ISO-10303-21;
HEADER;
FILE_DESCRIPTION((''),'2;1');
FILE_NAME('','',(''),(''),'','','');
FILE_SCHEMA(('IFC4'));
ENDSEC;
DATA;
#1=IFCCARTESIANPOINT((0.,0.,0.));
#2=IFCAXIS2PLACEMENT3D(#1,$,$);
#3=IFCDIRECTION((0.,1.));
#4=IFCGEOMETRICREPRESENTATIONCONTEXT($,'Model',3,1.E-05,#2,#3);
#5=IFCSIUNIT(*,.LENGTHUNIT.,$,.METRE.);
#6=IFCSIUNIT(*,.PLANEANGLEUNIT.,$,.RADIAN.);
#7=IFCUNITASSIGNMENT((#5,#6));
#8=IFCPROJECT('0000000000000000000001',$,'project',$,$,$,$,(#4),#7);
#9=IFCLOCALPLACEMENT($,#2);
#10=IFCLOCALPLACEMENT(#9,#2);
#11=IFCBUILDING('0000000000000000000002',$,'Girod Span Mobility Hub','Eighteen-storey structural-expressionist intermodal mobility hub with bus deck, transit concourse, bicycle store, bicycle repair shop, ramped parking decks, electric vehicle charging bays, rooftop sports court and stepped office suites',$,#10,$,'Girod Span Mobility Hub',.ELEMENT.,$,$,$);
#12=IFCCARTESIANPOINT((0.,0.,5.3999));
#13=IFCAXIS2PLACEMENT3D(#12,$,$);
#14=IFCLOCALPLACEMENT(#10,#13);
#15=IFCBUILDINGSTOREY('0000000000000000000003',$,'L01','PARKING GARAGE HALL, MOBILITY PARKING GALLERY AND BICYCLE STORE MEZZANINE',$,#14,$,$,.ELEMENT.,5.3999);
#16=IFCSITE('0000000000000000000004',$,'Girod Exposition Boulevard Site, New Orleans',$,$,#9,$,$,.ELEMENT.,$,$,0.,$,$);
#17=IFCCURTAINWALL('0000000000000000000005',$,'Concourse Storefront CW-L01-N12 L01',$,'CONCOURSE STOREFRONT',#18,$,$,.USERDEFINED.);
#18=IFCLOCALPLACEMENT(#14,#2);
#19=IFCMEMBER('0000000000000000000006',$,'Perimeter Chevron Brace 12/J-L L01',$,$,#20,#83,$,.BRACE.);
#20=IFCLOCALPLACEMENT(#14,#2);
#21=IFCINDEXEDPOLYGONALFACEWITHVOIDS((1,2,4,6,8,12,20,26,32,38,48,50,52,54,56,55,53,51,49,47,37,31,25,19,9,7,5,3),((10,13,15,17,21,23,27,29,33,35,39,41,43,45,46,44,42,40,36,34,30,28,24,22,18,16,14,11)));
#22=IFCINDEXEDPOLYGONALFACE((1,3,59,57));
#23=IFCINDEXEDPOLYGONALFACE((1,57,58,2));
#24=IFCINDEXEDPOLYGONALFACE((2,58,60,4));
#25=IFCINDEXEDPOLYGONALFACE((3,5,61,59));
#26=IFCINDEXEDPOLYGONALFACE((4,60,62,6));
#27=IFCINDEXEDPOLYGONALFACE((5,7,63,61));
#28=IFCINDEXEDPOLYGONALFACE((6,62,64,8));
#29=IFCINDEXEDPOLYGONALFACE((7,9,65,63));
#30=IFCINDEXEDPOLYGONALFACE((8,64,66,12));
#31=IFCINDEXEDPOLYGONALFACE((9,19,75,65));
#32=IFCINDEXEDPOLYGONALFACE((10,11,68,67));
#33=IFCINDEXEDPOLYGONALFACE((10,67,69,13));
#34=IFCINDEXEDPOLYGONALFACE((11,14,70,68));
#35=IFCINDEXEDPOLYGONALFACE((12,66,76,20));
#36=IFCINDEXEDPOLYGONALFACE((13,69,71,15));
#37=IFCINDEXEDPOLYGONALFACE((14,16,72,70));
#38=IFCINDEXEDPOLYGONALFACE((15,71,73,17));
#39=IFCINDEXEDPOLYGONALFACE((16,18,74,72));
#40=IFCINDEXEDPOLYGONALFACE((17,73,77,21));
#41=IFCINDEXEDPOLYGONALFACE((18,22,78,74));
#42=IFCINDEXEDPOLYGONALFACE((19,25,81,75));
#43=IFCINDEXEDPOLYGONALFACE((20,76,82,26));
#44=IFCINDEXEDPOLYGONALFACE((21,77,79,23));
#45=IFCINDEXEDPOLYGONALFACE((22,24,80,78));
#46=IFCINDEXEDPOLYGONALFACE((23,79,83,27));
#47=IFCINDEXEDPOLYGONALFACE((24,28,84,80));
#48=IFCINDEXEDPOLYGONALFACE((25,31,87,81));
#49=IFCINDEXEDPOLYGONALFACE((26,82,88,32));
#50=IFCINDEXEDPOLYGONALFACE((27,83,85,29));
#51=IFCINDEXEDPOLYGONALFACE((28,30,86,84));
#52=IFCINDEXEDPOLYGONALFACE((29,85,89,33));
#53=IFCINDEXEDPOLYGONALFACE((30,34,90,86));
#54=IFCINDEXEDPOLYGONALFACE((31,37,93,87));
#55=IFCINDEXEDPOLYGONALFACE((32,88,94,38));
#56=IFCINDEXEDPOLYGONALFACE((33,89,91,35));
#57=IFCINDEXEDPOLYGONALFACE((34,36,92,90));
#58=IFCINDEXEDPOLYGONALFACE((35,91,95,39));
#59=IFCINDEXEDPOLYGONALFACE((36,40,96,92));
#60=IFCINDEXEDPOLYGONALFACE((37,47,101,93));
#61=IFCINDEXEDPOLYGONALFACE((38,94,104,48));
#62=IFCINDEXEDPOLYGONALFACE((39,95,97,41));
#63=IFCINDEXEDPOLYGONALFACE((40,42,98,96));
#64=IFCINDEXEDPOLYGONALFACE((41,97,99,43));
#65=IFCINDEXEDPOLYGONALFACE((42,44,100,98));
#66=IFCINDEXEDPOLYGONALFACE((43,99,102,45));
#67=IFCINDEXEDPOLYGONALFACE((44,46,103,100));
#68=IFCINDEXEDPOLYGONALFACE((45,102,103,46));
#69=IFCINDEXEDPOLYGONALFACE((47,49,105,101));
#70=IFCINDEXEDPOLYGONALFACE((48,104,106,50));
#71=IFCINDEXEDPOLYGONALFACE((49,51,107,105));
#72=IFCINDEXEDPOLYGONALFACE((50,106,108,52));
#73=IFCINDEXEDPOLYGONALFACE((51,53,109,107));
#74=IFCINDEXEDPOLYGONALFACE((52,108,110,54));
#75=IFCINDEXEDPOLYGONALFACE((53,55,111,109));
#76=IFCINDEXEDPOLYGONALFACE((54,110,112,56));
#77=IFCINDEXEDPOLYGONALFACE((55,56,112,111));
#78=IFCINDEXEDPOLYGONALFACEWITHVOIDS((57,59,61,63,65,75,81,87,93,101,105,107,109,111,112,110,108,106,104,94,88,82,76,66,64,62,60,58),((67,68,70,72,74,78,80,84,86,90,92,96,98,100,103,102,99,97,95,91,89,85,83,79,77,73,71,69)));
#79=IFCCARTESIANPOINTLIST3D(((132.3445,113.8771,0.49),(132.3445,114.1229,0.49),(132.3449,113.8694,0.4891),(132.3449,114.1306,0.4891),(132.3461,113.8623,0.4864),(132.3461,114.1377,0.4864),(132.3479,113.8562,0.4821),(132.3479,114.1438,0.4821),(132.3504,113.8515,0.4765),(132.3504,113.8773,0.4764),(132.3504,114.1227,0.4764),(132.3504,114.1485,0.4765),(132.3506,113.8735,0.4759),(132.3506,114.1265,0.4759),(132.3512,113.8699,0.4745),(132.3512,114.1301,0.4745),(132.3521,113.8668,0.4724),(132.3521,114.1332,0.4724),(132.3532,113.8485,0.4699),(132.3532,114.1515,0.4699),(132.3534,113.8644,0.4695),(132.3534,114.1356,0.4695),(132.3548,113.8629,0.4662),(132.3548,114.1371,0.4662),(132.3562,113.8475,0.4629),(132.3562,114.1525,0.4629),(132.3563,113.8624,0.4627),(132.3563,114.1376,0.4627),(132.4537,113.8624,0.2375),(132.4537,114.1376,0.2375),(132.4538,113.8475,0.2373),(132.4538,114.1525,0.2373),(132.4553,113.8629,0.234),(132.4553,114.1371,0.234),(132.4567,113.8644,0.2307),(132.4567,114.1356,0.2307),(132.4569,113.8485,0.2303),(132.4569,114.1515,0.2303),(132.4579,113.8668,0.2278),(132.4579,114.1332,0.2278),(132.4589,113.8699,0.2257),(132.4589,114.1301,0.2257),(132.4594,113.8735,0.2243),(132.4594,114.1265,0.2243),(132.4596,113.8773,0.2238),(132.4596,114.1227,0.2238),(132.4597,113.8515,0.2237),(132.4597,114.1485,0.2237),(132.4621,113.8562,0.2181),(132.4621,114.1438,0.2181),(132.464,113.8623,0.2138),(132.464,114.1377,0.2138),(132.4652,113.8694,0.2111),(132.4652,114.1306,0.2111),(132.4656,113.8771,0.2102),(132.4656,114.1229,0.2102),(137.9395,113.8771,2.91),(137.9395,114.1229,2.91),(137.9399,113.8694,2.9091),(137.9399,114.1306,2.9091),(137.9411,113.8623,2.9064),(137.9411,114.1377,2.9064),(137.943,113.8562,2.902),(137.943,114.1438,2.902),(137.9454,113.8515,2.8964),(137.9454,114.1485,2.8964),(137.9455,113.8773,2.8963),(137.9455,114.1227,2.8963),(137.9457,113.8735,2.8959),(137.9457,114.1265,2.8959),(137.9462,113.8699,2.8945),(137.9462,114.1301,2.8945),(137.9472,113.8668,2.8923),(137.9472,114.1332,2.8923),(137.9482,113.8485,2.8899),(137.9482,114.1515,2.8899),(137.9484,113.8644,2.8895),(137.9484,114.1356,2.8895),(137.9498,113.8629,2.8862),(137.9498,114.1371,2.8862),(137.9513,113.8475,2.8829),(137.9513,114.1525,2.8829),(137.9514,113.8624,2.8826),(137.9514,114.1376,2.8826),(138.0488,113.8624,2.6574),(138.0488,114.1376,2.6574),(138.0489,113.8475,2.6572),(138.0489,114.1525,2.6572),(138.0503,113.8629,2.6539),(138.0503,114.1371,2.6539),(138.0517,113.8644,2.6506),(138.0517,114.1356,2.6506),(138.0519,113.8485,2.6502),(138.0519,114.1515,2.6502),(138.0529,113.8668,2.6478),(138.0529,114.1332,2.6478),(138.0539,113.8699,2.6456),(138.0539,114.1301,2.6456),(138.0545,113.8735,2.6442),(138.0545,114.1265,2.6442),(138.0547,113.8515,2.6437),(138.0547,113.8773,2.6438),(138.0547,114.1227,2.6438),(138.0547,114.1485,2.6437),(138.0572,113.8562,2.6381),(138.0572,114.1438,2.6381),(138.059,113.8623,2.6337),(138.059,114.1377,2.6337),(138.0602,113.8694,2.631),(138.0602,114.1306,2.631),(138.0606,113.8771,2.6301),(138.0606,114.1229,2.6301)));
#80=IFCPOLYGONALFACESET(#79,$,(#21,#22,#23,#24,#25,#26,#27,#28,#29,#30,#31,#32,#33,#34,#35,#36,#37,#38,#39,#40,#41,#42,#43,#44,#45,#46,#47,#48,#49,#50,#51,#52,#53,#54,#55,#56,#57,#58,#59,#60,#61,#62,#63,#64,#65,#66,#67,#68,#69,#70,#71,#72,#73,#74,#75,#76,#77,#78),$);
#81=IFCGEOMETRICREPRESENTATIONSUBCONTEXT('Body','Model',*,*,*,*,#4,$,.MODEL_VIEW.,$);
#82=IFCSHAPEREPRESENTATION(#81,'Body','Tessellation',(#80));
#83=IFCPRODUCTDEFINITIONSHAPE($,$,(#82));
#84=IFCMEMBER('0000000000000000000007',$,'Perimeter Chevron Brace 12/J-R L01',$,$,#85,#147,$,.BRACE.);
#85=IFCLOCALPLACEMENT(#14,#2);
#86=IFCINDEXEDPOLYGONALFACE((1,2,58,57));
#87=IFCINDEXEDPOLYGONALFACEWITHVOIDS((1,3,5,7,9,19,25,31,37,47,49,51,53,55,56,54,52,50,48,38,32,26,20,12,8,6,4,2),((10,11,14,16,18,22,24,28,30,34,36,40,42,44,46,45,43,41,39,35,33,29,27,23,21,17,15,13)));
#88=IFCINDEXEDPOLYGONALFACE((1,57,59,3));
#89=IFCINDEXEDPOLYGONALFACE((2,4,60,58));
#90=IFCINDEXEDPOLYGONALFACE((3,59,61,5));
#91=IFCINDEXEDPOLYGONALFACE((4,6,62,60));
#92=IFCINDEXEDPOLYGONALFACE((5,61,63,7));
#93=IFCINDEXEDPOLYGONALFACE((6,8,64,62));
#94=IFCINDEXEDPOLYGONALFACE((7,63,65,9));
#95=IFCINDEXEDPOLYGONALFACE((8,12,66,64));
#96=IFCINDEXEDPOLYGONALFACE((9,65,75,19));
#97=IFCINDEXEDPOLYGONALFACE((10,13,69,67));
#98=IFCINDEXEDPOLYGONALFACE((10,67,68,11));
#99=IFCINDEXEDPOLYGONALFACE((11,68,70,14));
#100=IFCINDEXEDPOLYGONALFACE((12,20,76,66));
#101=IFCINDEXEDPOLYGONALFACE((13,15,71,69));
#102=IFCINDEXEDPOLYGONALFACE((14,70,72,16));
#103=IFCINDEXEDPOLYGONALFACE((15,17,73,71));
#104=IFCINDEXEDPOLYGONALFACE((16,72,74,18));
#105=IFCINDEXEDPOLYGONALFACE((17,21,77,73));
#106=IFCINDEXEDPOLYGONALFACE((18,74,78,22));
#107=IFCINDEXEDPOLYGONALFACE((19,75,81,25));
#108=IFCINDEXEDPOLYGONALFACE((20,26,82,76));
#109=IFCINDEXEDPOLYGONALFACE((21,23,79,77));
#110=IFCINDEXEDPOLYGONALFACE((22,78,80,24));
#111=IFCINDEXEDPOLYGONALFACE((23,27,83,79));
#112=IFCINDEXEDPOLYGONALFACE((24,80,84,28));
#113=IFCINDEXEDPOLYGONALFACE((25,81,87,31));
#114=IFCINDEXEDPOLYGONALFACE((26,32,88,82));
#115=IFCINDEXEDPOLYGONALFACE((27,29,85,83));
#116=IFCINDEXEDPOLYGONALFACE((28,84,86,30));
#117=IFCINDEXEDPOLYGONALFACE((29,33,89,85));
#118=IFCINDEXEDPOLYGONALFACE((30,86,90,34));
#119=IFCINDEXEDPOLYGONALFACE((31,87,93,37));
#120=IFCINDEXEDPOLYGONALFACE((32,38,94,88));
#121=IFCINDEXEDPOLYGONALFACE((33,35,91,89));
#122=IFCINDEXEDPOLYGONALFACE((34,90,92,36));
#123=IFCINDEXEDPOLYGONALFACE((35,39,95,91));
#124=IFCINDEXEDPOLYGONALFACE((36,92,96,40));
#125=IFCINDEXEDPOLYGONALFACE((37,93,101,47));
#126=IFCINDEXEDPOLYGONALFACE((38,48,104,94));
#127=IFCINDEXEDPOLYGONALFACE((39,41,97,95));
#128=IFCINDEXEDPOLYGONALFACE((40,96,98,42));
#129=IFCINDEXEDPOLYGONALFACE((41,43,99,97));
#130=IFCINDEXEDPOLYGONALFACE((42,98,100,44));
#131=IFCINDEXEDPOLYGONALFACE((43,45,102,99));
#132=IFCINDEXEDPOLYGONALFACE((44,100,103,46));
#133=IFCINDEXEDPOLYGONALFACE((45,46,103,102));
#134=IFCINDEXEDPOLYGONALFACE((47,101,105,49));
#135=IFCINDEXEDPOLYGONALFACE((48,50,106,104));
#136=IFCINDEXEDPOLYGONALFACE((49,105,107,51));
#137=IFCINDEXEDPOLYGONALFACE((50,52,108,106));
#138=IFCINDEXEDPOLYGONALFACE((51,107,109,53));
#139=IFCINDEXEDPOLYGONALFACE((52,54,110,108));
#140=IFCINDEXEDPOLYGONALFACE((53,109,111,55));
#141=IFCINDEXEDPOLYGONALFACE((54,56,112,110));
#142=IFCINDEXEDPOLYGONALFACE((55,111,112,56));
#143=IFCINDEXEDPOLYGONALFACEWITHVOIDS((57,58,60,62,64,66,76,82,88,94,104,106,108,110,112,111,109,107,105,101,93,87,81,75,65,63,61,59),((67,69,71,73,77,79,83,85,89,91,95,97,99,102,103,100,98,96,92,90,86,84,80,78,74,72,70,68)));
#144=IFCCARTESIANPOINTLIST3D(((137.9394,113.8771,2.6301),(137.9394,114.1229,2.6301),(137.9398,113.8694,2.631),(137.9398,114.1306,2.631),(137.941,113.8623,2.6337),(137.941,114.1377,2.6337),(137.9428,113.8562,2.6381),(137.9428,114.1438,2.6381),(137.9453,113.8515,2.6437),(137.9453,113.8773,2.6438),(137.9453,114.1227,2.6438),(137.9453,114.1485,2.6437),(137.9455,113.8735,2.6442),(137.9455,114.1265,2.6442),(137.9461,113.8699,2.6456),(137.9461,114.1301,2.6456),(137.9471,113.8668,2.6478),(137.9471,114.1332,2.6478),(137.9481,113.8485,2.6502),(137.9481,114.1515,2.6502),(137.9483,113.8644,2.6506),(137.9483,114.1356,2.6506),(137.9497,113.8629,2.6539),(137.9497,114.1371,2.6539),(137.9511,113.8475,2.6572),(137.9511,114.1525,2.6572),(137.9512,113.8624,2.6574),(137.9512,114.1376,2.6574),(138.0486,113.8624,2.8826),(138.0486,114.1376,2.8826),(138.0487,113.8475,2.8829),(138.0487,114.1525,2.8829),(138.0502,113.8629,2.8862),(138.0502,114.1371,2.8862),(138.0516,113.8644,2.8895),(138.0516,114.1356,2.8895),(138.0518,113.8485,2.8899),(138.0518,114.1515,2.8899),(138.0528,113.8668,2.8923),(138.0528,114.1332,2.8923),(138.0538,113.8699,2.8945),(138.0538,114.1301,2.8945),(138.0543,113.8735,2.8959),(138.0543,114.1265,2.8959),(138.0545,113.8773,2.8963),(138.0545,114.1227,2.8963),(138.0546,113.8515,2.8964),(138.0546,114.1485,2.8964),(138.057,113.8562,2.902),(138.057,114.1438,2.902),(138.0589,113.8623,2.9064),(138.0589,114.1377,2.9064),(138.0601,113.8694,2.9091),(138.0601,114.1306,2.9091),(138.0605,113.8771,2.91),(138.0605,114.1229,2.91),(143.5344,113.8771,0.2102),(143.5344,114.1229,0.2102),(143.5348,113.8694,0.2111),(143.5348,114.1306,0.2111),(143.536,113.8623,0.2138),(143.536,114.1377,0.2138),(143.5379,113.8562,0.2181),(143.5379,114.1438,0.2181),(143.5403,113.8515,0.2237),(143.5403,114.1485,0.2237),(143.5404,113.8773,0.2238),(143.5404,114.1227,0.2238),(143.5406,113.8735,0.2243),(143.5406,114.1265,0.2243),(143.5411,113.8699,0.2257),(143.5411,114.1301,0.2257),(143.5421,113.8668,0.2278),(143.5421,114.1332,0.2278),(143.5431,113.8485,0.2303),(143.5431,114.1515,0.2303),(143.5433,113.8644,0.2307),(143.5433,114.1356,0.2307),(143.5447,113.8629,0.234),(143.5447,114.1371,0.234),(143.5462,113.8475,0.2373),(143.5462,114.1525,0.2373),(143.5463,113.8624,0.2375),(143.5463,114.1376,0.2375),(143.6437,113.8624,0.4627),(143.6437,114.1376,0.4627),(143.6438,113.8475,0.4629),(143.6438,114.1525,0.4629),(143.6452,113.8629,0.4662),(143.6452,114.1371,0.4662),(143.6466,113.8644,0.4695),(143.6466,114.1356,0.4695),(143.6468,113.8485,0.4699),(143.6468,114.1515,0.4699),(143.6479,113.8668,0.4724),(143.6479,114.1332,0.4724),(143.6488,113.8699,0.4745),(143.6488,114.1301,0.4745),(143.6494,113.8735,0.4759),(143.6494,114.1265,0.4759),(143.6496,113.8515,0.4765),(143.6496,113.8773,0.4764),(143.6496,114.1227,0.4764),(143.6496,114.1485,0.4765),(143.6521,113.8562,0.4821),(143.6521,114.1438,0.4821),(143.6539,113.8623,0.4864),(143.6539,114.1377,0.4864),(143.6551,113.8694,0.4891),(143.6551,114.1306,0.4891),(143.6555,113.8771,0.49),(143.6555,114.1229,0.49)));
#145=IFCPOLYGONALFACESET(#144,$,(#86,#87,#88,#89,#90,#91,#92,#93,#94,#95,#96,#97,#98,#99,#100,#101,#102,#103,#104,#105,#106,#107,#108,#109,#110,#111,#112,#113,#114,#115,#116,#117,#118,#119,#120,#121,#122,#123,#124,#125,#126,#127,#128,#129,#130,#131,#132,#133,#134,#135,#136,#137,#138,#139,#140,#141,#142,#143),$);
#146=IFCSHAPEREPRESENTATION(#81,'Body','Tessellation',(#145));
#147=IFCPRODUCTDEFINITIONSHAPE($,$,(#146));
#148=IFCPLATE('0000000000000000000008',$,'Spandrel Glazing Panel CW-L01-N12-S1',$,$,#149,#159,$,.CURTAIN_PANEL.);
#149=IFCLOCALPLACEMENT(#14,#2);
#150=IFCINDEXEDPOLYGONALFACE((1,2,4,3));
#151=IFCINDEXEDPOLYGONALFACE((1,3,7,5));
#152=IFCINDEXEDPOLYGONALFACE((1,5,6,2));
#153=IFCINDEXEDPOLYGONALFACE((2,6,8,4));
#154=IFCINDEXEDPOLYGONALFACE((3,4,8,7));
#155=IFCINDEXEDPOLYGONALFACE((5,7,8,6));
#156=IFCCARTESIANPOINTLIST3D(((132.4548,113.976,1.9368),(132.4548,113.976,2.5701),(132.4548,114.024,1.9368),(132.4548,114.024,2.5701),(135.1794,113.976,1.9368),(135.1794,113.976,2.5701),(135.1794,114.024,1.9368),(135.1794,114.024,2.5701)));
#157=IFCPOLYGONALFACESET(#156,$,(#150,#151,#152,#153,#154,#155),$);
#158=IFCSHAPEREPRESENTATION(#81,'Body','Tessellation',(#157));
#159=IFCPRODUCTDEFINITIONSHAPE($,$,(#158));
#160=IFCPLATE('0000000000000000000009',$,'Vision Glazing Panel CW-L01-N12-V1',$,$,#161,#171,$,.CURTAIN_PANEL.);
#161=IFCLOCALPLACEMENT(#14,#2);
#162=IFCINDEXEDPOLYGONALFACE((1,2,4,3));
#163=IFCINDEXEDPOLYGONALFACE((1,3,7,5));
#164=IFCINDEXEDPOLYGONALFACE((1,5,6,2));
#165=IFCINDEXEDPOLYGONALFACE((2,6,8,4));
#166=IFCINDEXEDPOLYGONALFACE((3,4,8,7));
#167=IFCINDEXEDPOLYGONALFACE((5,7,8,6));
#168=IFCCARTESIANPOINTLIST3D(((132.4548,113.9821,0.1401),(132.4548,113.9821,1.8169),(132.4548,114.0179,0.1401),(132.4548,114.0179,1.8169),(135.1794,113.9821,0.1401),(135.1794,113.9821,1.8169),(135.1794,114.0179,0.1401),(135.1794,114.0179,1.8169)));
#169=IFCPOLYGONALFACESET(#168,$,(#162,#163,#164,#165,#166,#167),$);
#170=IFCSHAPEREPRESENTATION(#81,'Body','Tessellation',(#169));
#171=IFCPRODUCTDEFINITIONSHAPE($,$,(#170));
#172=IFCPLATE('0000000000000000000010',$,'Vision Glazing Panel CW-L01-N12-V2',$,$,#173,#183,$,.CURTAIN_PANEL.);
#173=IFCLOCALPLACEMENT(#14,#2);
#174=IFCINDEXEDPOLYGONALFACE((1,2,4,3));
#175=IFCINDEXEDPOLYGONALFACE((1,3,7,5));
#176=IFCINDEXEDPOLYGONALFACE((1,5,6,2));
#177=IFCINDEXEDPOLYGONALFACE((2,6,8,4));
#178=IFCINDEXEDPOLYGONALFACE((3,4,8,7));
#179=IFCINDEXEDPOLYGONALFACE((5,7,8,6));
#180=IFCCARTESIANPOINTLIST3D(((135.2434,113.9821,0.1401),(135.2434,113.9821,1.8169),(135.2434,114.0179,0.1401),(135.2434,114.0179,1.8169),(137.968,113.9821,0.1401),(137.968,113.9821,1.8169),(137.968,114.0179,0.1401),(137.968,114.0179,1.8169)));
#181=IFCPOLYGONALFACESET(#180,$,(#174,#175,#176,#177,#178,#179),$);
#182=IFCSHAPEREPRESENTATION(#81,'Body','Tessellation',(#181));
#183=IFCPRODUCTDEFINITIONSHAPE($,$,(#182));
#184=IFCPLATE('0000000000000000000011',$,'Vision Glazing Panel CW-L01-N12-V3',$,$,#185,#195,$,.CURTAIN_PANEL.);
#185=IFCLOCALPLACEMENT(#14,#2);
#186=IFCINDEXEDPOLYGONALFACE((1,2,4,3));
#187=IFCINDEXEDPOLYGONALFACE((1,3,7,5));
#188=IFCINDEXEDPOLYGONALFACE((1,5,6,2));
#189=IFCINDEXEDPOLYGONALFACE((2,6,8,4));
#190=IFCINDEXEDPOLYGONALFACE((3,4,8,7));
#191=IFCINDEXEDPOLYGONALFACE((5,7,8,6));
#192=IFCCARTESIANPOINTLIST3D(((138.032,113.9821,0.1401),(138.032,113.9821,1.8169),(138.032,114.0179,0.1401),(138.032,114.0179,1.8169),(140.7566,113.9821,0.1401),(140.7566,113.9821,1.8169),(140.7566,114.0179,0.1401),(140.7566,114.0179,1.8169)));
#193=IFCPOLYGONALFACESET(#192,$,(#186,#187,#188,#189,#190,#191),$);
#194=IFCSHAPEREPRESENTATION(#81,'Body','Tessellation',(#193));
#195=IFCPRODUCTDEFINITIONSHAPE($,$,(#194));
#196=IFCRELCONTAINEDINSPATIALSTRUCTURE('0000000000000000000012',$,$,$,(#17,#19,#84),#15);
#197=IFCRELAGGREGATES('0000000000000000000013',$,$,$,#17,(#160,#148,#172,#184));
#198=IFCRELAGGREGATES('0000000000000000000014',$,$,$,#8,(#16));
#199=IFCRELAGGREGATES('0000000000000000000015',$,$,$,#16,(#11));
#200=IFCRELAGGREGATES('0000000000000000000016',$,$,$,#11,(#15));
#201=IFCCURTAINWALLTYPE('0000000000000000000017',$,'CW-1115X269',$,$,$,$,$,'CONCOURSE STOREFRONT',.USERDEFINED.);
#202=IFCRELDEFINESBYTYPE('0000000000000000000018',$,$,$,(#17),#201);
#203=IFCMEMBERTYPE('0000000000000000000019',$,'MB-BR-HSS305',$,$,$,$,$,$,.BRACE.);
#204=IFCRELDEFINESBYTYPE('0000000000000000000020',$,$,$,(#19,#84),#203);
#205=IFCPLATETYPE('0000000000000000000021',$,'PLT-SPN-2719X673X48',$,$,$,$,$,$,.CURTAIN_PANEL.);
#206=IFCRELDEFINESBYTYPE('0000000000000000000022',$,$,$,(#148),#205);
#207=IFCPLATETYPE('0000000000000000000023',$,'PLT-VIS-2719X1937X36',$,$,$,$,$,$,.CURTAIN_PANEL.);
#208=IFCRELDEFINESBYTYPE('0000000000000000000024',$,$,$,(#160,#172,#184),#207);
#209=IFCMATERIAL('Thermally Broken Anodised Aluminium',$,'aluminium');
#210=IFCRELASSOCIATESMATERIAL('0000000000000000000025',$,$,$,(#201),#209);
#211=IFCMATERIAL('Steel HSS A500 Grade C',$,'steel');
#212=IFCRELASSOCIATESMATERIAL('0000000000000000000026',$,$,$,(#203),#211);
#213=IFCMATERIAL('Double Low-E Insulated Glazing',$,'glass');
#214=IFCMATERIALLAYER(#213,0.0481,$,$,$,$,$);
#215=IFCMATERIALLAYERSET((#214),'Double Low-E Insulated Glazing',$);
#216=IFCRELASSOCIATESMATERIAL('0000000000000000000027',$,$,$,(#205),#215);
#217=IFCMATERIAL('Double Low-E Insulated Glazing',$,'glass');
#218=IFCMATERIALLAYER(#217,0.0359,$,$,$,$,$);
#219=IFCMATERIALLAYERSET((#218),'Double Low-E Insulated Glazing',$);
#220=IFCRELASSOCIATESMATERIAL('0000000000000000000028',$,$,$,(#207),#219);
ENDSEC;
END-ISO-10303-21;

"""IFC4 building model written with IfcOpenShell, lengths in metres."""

from ifc_helpers import new_model, si_unit, direction, frame, origin, origin_2d, place, context, subcontext, project, spatial, rectangle, hollow_rectangle, extrude, material, layer, layer_set, material_profile, profile_set, type_object, element, aggregate, save


model = new_model("IFC4")

# Units and contexts
model_context = context("Model", 3, precision=1e-05, world=origin(), true_north=direction((0.0, 1.0)))
body_context = subcontext(model_context, "Body", "Model", "MODEL_VIEW")
ifc_project = project(units=[si_unit("LENGTHUNIT", "METRE"), si_unit("PLANEANGLEUNIT", "RADIAN")], contexts=[model_context])

# Site, building, storey
site_placement = place(None, origin())
site = spatial("IfcSite", under=ifc_project, at=site_placement, Name="Girod Exposition Boulevard Site, New Orleans", CompositionType="ELEMENT", RefElevation=0.0)
building_placement = place(site_placement, origin())
building = spatial("IfcBuilding", under=site, at=building_placement, Name="Girod Span Mobility Hub", Description="Eighteen-storey structural-expressionist intermodal mobility hub with bus deck, transit concourse, bicycle store, bicycle repair shop, ramped parking decks, electric vehicle charging bays, rooftop sports court and stepped office suites", LongName="Girod Span Mobility Hub", CompositionType="ELEMENT")
storey_placement = place(building_placement, frame((0.0, 0.0, 5.3999)))
storey = spatial("IfcBuildingStorey", under=building, at=storey_placement, Name="L01", Description="PARKING GARAGE HALL, MOBILITY PARKING GALLERY AND BICYCLE STORE MEZZANINE", CompositionType="ELEMENT", Elevation=5.3999)

# Curtain wall
ifc_material_1 = material(Name="Thermally Broken Anodised Aluminium", Category="aluminium")
curtain_wall_type = type_object("IfcCurtainWallType", Name="CW-1115X269", ElementType="CONCOURSE STOREFRONT", PredefinedType="USERDEFINED", material=ifc_material_1)
curtain_wall_placement = place(storey_placement, origin())
curtain_wall = element("IfcCurtainWall", 1, at=curtain_wall_placement, inside=storey, type_object=curtain_wall_type, Name="Concourse Storefront CW-L01-N12 L01", ObjectType="CONCOURSE STOREFRONT", PredefinedType="USERDEFINED")

# Members
ifc_material_2 = material(Name="Steel HSS A500 Grade C", Category="steel")
ifc_material_profile_1 = material_profile(ifc_material_2, hollow_rectangle(XDim=0.3049, YDim=0.3049, WallThickness=0.0149, InnerFilletRadius=0.0149, OuterFilletRadius=0.0295, at=origin_2d()), Name="HSS305X305X16")
ifc_profile_set_1 = profile_set([ifc_material_profile_1], Name="Steel HSS A500 Grade C")
member_type_1 = type_object("IfcMemberType", Name="MB-BR-HSS305", PredefinedType="BRACE", material=ifc_profile_set_1)
for number, where, z_axis, x_axis, name in (
    (2, (132.405, 114.0, 0.3501), (0.917829, 0.0, 0.396977), (0.0, 1.0, 0.0), "Perimeter Chevron Brace 12/J-L L01"),
    (3, (143.595, 114.0, 0.3501), (-0.917829, 0.0, 0.396977), (0.0, -1.0, 0.0), "Perimeter Chevron Brace 12/J-R L01"),
):
    element("IfcMember", number, at=place(storey_placement, frame(where, z_axis=z_axis, x_axis=x_axis)), inside=storey, type_object=member_type_1, Name=name, PredefinedType="BRACE", context=body_context, shape_type="SweptSolid", body=[
        extrude(hollow_rectangle(XDim=0.3049, YDim=0.3049, WallThickness=0.0149, InnerFilletRadius=0.0149, OuterFilletRadius=0.0295, at=origin_2d()), origin(), (0.0, 0.0, 1.0), 6.0959),
    ])

# Plates
ifc_material_3 = material(Name="Double Low-E Insulated Glazing", Category="glass")
ifc_layer_1 = layer(ifc_material_3, 0.0481)
ifc_layer_set_1 = layer_set([ifc_layer_1], Name="Double Low-E Insulated Glazing")
plate_type_1 = type_object("IfcPlateType", Name="PLT-SPN-2719X673X48", PredefinedType="CURTAIN_PANEL", material=ifc_layer_set_1)
plate_1_placement = place(storey_placement, frame((133.8171, 114.0, 1.9368), z_axis=(0.0, 0.0, 1.0), x_axis=(1.0, 0.0, 0.0)))
plate_1 = element("IfcPlate", 4, at=plate_1_placement, type_object=plate_type_1, Name="Spandrel Glazing Panel CW-L01-N12-S1", PredefinedType="CURTAIN_PANEL", context=body_context, shape_type="SweptSolid", body=[
    extrude(rectangle(XDim=2.7246, YDim=0.0481, at=origin_2d()), origin(), (0.0, 0.0, 1.0), 0.6333),
])
ifc_material_4 = material(Name="Double Low-E Insulated Glazing", Category="glass")
ifc_layer_2 = layer(ifc_material_4, 0.0359)
ifc_layer_set_2 = layer_set([ifc_layer_2], Name="Double Low-E Insulated Glazing")
plate_type_2 = type_object("IfcPlateType", Name="PLT-VIS-2719X1937X36", PredefinedType="CURTAIN_PANEL", material=ifc_layer_set_2)
plate_2_placement = place(storey_placement, frame((133.8171, 114.0, 0.1401), z_axis=(0.0, 0.0, 1.0), x_axis=(1.0, 0.0, 0.0)))
plate_2 = element("IfcPlate", 5, at=plate_2_placement, type_object=plate_type_2, Name="Vision Glazing Panel CW-L01-N12-V1", PredefinedType="CURTAIN_PANEL", context=body_context, shape_type="SweptSolid", body=[
    extrude(rectangle(XDim=2.7246, YDim=0.0359, at=origin_2d()), origin(), (0.0, 0.0, 1.0), 1.6768),
])
plate_3_placement = place(storey_placement, frame((136.6057, 114.0, 0.1401), z_axis=(0.0, 0.0, 1.0), x_axis=(1.0, 0.0, 0.0)))
plate_3 = element("IfcPlate", 6, at=plate_3_placement, type_object=plate_type_2, Name="Vision Glazing Panel CW-L01-N12-V2", PredefinedType="CURTAIN_PANEL", context=body_context, shape_type="SweptSolid", body=[
    extrude(rectangle(XDim=2.7246, YDim=0.0359, at=origin_2d()), origin(), (0.0, 0.0, 1.0), 1.6768),
])
plate_4_placement = place(storey_placement, frame((139.3943, 114.0, 0.1401), z_axis=(0.0, 0.0, 1.0), x_axis=(1.0, 0.0, 0.0)))
plate_4 = element("IfcPlate", 7, at=plate_4_placement, type_object=plate_type_2, Name="Vision Glazing Panel CW-L01-N12-V3", PredefinedType="CURTAIN_PANEL", context=body_context, shape_type="SweptSolid", body=[
    extrude(rectangle(XDim=2.7246, YDim=0.0359, at=origin_2d()), origin(), (0.0, 0.0, 1.0), 1.6768),
])
aggregate(curtain_wall, [plate_2, plate_1, plate_3, plate_4])

save(model, "model.ifc")
